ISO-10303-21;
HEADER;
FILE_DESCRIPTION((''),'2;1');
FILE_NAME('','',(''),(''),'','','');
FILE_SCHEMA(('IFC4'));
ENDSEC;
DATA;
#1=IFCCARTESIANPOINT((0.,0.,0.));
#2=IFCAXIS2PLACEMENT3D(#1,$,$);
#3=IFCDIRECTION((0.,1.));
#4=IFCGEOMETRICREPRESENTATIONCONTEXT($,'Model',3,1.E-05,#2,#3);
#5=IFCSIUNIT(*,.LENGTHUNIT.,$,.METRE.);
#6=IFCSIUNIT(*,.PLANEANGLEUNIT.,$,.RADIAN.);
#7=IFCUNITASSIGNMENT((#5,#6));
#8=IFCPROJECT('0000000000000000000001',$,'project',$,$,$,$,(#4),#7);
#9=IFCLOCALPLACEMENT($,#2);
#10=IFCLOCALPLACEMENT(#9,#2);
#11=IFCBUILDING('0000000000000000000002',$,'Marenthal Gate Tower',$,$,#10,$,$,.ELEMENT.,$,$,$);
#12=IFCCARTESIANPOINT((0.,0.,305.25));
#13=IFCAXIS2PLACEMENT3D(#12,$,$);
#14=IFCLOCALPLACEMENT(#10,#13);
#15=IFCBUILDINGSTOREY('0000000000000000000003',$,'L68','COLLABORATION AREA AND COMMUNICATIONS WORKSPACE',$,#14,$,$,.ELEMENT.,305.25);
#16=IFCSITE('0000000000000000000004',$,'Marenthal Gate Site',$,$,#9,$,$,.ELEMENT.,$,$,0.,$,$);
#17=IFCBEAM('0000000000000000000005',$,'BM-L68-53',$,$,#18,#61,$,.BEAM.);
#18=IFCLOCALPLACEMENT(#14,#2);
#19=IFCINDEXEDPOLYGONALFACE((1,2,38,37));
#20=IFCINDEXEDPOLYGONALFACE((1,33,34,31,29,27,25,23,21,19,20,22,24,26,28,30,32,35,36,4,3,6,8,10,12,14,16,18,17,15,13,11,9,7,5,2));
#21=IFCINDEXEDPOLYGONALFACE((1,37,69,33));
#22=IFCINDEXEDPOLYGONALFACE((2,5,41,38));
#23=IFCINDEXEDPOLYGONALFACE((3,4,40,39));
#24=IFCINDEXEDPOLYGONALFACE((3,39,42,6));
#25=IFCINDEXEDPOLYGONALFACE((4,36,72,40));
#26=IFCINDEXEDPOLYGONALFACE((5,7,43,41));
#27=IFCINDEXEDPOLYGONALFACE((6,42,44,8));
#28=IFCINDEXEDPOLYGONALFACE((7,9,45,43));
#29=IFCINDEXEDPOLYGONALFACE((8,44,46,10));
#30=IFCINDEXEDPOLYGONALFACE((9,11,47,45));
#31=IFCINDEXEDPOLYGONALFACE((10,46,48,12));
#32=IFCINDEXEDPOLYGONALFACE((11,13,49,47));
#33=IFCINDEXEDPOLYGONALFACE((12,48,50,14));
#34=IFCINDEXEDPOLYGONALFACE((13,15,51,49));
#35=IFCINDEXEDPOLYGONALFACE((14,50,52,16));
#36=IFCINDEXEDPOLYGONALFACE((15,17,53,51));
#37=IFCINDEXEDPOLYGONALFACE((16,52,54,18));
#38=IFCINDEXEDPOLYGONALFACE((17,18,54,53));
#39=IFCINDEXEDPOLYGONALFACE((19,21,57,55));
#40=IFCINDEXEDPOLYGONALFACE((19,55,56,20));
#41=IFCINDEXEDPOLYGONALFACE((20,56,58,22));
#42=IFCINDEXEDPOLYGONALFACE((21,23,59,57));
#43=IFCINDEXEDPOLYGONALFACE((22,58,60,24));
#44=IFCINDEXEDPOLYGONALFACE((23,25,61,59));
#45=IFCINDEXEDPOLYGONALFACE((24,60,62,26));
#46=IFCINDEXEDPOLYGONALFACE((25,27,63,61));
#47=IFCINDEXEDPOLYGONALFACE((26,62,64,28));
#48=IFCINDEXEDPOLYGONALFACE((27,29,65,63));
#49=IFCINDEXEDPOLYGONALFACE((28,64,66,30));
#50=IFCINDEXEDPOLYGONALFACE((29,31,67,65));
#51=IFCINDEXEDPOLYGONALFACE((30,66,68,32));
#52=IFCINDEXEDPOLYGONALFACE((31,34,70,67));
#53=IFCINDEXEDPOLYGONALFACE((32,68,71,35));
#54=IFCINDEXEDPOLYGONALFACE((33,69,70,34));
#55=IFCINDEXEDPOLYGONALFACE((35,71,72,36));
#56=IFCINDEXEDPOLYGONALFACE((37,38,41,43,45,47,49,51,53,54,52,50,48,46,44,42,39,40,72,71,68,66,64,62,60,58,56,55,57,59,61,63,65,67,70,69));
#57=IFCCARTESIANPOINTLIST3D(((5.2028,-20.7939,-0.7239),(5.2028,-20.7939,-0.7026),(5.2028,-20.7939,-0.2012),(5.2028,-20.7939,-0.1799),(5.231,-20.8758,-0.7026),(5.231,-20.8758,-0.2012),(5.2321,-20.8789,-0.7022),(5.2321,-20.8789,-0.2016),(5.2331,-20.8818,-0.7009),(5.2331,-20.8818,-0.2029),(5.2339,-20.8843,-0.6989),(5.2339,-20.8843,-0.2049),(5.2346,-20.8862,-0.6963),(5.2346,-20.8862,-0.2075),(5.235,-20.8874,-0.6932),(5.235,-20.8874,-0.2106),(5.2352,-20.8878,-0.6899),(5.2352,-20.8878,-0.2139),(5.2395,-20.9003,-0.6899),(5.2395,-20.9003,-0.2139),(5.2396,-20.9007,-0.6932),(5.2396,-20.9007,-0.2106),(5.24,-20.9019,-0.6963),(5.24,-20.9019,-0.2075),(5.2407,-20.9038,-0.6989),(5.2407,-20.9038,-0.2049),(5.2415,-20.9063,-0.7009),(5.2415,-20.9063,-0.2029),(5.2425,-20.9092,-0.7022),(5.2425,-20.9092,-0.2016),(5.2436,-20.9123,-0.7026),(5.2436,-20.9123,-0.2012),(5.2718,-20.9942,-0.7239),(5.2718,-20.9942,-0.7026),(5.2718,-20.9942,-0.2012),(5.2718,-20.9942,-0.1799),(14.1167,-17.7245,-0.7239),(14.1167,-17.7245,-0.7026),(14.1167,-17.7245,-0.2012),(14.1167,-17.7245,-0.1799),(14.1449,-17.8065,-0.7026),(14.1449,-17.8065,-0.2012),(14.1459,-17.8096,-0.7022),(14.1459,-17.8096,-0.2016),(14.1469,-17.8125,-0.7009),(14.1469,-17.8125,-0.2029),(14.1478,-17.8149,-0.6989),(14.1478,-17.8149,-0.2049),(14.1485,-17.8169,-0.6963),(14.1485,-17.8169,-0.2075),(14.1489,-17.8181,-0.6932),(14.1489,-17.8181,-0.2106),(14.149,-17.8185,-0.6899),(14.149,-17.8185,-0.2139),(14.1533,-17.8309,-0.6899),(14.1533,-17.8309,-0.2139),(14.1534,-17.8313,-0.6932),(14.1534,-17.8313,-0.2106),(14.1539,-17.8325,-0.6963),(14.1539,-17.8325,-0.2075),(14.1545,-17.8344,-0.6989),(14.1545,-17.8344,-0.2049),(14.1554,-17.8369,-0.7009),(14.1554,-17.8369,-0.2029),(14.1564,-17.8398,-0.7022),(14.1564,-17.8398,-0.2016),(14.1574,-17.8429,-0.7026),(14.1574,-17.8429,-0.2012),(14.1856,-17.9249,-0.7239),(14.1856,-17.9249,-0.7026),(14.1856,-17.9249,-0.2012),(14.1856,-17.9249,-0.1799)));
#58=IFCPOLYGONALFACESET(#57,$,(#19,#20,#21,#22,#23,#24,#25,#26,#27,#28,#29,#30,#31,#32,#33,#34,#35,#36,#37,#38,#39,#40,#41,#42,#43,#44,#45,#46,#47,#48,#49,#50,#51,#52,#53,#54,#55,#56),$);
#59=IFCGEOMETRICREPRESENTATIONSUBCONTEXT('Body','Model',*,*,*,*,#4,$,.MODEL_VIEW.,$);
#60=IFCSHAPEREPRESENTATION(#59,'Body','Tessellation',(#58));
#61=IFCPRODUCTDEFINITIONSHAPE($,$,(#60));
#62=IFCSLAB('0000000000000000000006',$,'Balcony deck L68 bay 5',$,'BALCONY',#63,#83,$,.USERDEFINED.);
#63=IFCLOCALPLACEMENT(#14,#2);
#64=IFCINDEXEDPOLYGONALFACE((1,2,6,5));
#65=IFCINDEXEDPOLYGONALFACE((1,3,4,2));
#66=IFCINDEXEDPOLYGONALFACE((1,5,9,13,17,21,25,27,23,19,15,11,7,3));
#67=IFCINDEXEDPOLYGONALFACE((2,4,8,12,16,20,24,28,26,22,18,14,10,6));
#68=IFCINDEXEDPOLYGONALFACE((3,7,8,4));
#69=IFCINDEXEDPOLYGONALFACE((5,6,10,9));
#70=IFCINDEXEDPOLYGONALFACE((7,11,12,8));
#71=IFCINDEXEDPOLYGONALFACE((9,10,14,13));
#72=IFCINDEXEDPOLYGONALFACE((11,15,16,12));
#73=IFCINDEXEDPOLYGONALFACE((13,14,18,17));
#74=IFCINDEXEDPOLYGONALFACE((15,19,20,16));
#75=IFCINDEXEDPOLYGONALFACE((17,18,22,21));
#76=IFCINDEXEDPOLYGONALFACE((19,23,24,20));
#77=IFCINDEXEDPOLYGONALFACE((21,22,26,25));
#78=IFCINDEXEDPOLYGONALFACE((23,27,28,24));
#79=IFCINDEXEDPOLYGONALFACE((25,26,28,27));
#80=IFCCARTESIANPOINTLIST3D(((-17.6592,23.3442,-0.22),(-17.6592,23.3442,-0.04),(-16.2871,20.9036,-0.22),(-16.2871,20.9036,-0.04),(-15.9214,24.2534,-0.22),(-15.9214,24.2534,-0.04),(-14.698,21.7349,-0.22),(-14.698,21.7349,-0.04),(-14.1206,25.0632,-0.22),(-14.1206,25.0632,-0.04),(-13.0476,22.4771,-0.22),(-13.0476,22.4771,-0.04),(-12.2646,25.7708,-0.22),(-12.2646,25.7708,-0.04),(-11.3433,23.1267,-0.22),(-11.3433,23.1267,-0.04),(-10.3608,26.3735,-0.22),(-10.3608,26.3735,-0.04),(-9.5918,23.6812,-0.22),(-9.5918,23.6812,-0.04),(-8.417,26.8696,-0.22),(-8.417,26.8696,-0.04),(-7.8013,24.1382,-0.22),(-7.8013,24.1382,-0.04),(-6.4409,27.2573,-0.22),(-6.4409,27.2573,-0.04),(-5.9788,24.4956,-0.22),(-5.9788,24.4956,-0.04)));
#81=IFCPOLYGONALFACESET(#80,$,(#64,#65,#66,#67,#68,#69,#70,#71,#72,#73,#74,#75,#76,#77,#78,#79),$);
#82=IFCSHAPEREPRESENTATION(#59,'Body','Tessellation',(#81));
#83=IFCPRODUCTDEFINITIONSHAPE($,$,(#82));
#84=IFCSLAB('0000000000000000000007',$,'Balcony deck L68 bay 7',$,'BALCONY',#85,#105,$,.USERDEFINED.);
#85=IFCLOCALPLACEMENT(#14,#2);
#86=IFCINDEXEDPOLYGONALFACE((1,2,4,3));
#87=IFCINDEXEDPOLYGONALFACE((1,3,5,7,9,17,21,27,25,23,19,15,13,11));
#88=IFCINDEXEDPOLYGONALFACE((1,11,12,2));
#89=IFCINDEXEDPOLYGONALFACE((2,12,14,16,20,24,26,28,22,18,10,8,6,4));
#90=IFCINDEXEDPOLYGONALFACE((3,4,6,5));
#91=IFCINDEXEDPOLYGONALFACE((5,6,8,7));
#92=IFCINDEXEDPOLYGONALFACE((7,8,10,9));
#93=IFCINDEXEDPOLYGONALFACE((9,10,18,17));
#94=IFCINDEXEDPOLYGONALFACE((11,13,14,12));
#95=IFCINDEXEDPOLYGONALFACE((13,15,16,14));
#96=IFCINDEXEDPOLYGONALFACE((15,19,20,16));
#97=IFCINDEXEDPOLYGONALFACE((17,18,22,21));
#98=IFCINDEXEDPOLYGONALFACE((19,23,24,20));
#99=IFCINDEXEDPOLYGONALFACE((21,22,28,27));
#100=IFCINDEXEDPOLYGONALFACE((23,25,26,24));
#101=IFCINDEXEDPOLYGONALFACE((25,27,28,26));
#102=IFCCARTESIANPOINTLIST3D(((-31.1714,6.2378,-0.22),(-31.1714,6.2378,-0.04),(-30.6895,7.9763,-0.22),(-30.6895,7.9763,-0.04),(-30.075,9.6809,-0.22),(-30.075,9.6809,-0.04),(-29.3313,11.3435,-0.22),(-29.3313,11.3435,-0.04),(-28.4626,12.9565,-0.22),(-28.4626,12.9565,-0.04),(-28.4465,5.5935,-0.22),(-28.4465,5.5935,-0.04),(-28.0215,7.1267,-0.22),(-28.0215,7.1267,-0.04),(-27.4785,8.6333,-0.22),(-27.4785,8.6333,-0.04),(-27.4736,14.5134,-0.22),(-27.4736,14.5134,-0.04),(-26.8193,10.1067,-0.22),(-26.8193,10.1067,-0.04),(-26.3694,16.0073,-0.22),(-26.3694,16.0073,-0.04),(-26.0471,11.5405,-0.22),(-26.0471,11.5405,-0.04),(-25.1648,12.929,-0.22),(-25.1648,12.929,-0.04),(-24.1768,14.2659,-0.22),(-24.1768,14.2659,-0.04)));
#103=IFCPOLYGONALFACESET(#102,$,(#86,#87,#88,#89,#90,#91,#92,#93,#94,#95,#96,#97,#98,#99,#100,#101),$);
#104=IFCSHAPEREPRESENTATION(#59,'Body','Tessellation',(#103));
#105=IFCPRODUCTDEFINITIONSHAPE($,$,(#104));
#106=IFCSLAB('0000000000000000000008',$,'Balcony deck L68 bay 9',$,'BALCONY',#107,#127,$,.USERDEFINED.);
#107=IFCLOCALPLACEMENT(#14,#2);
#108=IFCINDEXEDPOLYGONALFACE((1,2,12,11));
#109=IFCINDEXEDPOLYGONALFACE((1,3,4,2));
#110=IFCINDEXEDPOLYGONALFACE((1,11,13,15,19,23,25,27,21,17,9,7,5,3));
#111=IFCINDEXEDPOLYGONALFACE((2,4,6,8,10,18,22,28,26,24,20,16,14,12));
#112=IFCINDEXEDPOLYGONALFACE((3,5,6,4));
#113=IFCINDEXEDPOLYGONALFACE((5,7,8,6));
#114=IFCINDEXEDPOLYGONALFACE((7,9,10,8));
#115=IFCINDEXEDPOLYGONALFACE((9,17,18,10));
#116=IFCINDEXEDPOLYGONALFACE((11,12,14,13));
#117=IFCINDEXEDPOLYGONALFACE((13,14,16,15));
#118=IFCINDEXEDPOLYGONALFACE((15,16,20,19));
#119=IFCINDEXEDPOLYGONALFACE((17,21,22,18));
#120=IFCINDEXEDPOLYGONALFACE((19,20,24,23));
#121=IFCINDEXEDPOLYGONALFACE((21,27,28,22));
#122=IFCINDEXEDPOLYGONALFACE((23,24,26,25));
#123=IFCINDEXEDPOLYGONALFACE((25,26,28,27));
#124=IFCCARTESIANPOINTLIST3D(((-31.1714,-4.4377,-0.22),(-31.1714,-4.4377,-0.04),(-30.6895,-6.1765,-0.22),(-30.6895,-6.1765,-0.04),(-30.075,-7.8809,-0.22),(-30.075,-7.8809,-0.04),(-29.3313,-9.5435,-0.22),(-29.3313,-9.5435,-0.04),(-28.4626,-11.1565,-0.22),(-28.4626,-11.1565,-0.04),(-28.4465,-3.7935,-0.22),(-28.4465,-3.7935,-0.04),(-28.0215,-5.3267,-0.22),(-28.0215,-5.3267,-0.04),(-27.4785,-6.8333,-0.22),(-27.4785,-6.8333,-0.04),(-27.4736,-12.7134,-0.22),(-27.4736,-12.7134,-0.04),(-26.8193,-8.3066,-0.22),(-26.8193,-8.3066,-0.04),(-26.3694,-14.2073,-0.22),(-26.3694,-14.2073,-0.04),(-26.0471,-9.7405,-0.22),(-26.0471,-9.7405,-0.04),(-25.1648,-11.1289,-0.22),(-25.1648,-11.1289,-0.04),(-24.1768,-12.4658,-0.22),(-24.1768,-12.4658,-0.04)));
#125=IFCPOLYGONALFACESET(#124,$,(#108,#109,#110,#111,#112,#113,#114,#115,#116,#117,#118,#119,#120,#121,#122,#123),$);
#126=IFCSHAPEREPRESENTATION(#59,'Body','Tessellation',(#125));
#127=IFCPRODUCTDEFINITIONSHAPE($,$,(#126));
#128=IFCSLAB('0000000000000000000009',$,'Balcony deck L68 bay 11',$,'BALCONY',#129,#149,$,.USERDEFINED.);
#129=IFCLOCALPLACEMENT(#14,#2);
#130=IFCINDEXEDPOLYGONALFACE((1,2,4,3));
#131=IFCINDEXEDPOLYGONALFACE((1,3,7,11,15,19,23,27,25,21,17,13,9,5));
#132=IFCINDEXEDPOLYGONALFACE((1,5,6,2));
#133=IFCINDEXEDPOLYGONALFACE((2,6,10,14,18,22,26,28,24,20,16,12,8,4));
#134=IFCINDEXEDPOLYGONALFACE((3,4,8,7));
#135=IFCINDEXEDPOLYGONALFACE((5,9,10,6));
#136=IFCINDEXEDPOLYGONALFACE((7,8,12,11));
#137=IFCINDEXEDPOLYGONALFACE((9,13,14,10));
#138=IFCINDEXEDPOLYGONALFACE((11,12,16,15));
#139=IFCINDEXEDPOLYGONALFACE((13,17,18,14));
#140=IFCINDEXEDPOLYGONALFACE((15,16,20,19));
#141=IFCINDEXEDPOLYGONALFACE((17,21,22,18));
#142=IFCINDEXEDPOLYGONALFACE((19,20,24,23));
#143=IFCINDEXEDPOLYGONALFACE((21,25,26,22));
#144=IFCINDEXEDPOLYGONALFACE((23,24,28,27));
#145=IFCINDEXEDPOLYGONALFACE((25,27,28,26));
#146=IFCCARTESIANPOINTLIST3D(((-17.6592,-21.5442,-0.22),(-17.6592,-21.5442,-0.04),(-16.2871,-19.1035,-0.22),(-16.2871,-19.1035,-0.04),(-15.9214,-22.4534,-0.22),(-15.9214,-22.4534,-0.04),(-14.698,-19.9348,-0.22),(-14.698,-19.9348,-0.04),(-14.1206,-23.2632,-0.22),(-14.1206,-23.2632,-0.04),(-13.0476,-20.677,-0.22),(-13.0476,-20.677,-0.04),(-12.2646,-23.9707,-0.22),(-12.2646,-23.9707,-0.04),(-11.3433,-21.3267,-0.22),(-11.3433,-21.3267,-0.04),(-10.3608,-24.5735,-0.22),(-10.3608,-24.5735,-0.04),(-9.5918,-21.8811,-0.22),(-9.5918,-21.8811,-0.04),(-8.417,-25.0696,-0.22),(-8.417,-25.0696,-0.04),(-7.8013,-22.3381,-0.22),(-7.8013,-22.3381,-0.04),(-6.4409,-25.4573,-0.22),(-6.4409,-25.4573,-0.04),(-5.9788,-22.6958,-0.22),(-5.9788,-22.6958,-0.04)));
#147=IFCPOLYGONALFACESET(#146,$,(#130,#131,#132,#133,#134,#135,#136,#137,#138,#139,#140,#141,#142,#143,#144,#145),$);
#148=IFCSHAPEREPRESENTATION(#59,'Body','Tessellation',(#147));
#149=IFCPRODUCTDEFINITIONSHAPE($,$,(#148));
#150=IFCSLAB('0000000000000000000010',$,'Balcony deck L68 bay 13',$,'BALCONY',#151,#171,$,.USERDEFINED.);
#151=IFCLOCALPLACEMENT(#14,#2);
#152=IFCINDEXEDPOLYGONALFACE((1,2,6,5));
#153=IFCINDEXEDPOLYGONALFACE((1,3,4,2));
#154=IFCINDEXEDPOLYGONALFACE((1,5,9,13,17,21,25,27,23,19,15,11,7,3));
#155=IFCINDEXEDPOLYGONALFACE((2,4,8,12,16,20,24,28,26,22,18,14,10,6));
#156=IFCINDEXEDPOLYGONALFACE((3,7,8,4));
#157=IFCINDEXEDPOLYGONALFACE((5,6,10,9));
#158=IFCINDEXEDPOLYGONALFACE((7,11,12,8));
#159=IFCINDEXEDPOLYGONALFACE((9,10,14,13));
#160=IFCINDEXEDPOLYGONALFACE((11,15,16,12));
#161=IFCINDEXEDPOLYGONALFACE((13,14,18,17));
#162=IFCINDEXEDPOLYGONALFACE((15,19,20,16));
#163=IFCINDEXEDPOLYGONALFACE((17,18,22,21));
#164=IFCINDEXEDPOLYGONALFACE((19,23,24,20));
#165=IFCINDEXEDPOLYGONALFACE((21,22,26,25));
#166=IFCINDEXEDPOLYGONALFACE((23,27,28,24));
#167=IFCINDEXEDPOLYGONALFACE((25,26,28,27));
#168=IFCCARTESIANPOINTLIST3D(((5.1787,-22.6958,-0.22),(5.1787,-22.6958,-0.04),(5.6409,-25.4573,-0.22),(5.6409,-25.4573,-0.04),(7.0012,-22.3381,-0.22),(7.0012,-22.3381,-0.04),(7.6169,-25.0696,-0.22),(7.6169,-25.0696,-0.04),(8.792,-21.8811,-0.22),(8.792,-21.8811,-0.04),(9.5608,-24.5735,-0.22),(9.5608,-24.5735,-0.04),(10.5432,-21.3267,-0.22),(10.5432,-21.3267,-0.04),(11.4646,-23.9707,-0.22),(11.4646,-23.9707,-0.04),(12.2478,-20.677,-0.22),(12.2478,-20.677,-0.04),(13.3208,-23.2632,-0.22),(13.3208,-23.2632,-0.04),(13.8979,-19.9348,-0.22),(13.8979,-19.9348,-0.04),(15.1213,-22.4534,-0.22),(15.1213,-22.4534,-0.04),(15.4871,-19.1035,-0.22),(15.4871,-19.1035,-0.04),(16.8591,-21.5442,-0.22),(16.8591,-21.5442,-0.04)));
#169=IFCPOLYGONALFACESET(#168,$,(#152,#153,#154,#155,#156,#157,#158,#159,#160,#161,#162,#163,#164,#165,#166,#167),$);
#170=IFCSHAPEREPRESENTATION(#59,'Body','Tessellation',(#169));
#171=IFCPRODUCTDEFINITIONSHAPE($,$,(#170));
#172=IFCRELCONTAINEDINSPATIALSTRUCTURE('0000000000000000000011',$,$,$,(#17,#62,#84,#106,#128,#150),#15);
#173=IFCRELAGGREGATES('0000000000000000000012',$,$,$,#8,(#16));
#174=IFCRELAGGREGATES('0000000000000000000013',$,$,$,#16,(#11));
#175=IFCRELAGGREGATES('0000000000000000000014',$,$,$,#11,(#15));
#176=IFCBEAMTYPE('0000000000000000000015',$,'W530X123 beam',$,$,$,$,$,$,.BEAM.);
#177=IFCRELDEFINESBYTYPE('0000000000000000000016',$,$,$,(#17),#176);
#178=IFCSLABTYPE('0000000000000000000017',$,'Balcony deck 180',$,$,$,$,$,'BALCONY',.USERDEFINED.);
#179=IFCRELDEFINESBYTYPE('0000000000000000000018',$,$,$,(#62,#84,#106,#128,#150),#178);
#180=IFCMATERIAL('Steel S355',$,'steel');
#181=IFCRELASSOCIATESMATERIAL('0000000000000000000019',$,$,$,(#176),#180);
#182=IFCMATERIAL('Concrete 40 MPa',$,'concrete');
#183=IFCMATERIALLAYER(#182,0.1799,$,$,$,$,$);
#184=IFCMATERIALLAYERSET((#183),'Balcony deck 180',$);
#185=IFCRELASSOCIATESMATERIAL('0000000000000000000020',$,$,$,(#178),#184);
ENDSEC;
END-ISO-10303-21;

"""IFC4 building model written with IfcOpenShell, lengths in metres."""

from ifc_helpers import new_model, si_unit, direction, frame, origin, origin_2d, place, context, subcontext, project, spatial, polyline, i_section, outline, extrude, material, layer, layer_set, material_profile, profile_set, type_object, element, save


model = new_model("IFC4")

# Units and contexts
model_context = context("Model", 3, precision=1e-05, world=origin(), true_north=direction((0.0, 1.0)))
body_context = subcontext(model_context, "Body", "Model", "MODEL_VIEW")
ifc_project = project(units=[si_unit("LENGTHUNIT", "METRE"), si_unit("PLANEANGLEUNIT", "RADIAN")], contexts=[model_context])

# Site, building, storey
site_placement = place(None, origin())
site = spatial("IfcSite", under=ifc_project, at=site_placement, Name="Marenthal Gate Site", CompositionType="ELEMENT", RefElevation=0.0)
building_placement = place(site_placement, origin())
building = spatial("IfcBuilding", under=site, at=building_placement, Name="Marenthal Gate Tower", CompositionType="ELEMENT")
storey_placement = place(building_placement, frame((0.0, 0.0, 305.25)))
storey = spatial("IfcBuildingStorey", under=building, at=storey_placement, Name="L68", Description="COLLABORATION AREA AND COMMUNICATIONS WORKSPACE", CompositionType="ELEMENT", Elevation=305.25)

# Beam
ifc_material_1 = material(Name="Steel S355", Category="steel")
ifc_material_profile_1 = material_profile(ifc_material_1, i_section(OverallWidth=0.2119, OverallDepth=0.5439, WebThickness=0.0132, FlangeThickness=0.0212, FilletRadius=0.0127, at=origin_2d()), Name="W530X123")
ifc_profile_set_1 = profile_set([ifc_material_profile_1], Name="Steel S355")
beam_type_1 = type_object("IfcBeamType", Name="W530X123 beam", PredefinedType="BEAM", material=ifc_profile_set_1)
beam_1_placement = place(storey_placement, frame((5.2373, -20.894, -0.4519), z_axis=(0.945517, 0.325574, 0.0), x_axis=(-0.325574, 0.945517, 0.0)))
element("IfcBeam", 1, at=beam_1_placement, inside=storey, type_object=beam_type_1, Name="BM-L68-53", PredefinedType="BEAM", context=body_context, shape_type="SweptSolid", body=[
    extrude(i_section(OverallWidth=0.2119, OverallDepth=0.5439, WebThickness=0.0132, FlangeThickness=0.0212, FilletRadius=0.0127, at=origin_2d()), origin(), (0.0, 0.0, 1.0), 9.4275),
])

# Slabs
ifc_material_2 = material(Name="Concrete 40 MPa", Category="concrete")
ifc_layer_1 = layer(ifc_material_2, 0.1799)
ifc_layer_set_1 = layer_set([ifc_layer_1], Name="Balcony deck 180")
slab_type_1 = type_object("IfcSlabType", Name="Balcony deck 180", ElementType="BALCONY", PredefinedType="USERDEFINED", material=ifc_layer_set_1)
slab_1_placement = place(storey_placement, frame((0.0, 0.0, -0.22)))
element("IfcSlab", 2, at=slab_1_placement, inside=storey, type_object=slab_type_1, Name="Balcony deck L68 bay 5", ObjectType="BALCONY", PredefinedType="USERDEFINED", context=body_context, shape_type="SweptSolid", body=[
    extrude(outline(polyline([(-5.9788, 24.4956), (-7.8013, 24.1382), (-9.5918, 23.6812), (-11.3433, 23.1267), (-13.0476, 22.4771), (-14.698, 21.7349), (-16.2871, 20.9036), (-17.6592, 23.3442), (-15.9214, 24.2534), (-14.1206, 25.0632), (-12.2646, 25.7708), (-10.3608, 26.3735), (-8.417, 26.8696), (-6.4409, 27.2573), (-5.9788, 24.4956)])), origin(), (0.0, 0.0, 1.0), 0.1799),
])
slab_2_placement = place(storey_placement, frame((0.0, 0.0, -0.22)))
element("IfcSlab", 3, at=slab_2_placement, inside=storey, type_object=slab_type_1, Name="Balcony deck L68 bay 7", ObjectType="BALCONY", PredefinedType="USERDEFINED", context=body_context, shape_type="SweptSolid", body=[
    extrude(outline(polyline([(-24.1768, 14.2659), (-25.1648, 12.929), (-26.0471, 11.5405), (-26.8193, 10.1067), (-27.4785, 8.6333), (-28.0215, 7.1267), (-28.4465, 5.5935), (-31.1714, 6.2378), (-30.6895, 7.9763), (-30.075, 9.6809), (-29.3313, 11.3435), (-28.4626, 12.9565), (-27.4736, 14.5134), (-26.3694, 16.0073), (-24.1768, 14.2659)])), origin(), (0.0, 0.0, 1.0), 0.1799),
])
slab_3_placement = place(storey_placement, frame((0.0, 0.0, -0.22)))
element("IfcSlab", 4, at=slab_3_placement, inside=storey, type_object=slab_type_1, Name="Balcony deck L68 bay 9", ObjectType="BALCONY", PredefinedType="USERDEFINED", context=body_context, shape_type="SweptSolid", body=[
    extrude(outline(polyline([(-28.4465, -3.7935), (-28.0215, -5.3267), (-27.4785, -6.8333), (-26.8193, -8.3066), (-26.0471, -9.7405), (-25.1648, -11.1289), (-24.1768, -12.4658), (-26.3694, -14.2073), (-27.4736, -12.7134), (-28.4626, -11.1565), (-29.3313, -9.5435), (-30.075, -7.8809), (-30.6895, -6.1765), (-31.1714, -4.4377), (-28.4465, -3.7935)])), origin(), (0.0, 0.0, 1.0), 0.1799),
])
slab_4_placement = place(storey_placement, frame((0.0, 0.0, -0.22)))
element("IfcSlab", 5, at=slab_4_placement, inside=storey, type_object=slab_type_1, Name="Balcony deck L68 bay 11", ObjectType="BALCONY", PredefinedType="USERDEFINED", context=body_context, shape_type="SweptSolid", body=[
    extrude(outline(polyline([(-16.2871, -19.1035), (-14.698, -19.9348), (-13.0476, -20.677), (-11.3433, -21.3267), (-9.5918, -21.8811), (-7.8013, -22.3381), (-5.9788, -22.6958), (-6.4409, -25.4573), (-8.417, -25.0696), (-10.3608, -24.5735), (-12.2646, -23.9707), (-14.1206, -23.2632), (-15.9214, -22.4534), (-17.6592, -21.5442), (-16.2871, -19.1035)])), origin(), (0.0, 0.0, 1.0), 0.1799),
])
slab_5_placement = place(storey_placement, frame((0.0, 0.0, -0.22)))
element("IfcSlab", 6, at=slab_5_placement, inside=storey, type_object=slab_type_1, Name="Balcony deck L68 bay 13", ObjectType="BALCONY", PredefinedType="USERDEFINED", context=body_context, shape_type="SweptSolid", body=[
    extrude(outline(polyline([(5.1787, -22.6958), (7.0012, -22.3381), (8.792, -21.8811), (10.5432, -21.3267), (12.2478, -20.677), (13.8979, -19.9348), (15.4871, -19.1035), (16.8591, -21.5442), (15.1213, -22.4534), (13.3208, -23.2632), (11.4646, -23.9707), (9.5608, -24.5735), (7.6169, -25.0696), (5.6409, -25.4573), (5.1787, -22.6958)])), origin(), (0.0, 0.0, 1.0), 0.1799),
])

save(model, "model.ifc")
